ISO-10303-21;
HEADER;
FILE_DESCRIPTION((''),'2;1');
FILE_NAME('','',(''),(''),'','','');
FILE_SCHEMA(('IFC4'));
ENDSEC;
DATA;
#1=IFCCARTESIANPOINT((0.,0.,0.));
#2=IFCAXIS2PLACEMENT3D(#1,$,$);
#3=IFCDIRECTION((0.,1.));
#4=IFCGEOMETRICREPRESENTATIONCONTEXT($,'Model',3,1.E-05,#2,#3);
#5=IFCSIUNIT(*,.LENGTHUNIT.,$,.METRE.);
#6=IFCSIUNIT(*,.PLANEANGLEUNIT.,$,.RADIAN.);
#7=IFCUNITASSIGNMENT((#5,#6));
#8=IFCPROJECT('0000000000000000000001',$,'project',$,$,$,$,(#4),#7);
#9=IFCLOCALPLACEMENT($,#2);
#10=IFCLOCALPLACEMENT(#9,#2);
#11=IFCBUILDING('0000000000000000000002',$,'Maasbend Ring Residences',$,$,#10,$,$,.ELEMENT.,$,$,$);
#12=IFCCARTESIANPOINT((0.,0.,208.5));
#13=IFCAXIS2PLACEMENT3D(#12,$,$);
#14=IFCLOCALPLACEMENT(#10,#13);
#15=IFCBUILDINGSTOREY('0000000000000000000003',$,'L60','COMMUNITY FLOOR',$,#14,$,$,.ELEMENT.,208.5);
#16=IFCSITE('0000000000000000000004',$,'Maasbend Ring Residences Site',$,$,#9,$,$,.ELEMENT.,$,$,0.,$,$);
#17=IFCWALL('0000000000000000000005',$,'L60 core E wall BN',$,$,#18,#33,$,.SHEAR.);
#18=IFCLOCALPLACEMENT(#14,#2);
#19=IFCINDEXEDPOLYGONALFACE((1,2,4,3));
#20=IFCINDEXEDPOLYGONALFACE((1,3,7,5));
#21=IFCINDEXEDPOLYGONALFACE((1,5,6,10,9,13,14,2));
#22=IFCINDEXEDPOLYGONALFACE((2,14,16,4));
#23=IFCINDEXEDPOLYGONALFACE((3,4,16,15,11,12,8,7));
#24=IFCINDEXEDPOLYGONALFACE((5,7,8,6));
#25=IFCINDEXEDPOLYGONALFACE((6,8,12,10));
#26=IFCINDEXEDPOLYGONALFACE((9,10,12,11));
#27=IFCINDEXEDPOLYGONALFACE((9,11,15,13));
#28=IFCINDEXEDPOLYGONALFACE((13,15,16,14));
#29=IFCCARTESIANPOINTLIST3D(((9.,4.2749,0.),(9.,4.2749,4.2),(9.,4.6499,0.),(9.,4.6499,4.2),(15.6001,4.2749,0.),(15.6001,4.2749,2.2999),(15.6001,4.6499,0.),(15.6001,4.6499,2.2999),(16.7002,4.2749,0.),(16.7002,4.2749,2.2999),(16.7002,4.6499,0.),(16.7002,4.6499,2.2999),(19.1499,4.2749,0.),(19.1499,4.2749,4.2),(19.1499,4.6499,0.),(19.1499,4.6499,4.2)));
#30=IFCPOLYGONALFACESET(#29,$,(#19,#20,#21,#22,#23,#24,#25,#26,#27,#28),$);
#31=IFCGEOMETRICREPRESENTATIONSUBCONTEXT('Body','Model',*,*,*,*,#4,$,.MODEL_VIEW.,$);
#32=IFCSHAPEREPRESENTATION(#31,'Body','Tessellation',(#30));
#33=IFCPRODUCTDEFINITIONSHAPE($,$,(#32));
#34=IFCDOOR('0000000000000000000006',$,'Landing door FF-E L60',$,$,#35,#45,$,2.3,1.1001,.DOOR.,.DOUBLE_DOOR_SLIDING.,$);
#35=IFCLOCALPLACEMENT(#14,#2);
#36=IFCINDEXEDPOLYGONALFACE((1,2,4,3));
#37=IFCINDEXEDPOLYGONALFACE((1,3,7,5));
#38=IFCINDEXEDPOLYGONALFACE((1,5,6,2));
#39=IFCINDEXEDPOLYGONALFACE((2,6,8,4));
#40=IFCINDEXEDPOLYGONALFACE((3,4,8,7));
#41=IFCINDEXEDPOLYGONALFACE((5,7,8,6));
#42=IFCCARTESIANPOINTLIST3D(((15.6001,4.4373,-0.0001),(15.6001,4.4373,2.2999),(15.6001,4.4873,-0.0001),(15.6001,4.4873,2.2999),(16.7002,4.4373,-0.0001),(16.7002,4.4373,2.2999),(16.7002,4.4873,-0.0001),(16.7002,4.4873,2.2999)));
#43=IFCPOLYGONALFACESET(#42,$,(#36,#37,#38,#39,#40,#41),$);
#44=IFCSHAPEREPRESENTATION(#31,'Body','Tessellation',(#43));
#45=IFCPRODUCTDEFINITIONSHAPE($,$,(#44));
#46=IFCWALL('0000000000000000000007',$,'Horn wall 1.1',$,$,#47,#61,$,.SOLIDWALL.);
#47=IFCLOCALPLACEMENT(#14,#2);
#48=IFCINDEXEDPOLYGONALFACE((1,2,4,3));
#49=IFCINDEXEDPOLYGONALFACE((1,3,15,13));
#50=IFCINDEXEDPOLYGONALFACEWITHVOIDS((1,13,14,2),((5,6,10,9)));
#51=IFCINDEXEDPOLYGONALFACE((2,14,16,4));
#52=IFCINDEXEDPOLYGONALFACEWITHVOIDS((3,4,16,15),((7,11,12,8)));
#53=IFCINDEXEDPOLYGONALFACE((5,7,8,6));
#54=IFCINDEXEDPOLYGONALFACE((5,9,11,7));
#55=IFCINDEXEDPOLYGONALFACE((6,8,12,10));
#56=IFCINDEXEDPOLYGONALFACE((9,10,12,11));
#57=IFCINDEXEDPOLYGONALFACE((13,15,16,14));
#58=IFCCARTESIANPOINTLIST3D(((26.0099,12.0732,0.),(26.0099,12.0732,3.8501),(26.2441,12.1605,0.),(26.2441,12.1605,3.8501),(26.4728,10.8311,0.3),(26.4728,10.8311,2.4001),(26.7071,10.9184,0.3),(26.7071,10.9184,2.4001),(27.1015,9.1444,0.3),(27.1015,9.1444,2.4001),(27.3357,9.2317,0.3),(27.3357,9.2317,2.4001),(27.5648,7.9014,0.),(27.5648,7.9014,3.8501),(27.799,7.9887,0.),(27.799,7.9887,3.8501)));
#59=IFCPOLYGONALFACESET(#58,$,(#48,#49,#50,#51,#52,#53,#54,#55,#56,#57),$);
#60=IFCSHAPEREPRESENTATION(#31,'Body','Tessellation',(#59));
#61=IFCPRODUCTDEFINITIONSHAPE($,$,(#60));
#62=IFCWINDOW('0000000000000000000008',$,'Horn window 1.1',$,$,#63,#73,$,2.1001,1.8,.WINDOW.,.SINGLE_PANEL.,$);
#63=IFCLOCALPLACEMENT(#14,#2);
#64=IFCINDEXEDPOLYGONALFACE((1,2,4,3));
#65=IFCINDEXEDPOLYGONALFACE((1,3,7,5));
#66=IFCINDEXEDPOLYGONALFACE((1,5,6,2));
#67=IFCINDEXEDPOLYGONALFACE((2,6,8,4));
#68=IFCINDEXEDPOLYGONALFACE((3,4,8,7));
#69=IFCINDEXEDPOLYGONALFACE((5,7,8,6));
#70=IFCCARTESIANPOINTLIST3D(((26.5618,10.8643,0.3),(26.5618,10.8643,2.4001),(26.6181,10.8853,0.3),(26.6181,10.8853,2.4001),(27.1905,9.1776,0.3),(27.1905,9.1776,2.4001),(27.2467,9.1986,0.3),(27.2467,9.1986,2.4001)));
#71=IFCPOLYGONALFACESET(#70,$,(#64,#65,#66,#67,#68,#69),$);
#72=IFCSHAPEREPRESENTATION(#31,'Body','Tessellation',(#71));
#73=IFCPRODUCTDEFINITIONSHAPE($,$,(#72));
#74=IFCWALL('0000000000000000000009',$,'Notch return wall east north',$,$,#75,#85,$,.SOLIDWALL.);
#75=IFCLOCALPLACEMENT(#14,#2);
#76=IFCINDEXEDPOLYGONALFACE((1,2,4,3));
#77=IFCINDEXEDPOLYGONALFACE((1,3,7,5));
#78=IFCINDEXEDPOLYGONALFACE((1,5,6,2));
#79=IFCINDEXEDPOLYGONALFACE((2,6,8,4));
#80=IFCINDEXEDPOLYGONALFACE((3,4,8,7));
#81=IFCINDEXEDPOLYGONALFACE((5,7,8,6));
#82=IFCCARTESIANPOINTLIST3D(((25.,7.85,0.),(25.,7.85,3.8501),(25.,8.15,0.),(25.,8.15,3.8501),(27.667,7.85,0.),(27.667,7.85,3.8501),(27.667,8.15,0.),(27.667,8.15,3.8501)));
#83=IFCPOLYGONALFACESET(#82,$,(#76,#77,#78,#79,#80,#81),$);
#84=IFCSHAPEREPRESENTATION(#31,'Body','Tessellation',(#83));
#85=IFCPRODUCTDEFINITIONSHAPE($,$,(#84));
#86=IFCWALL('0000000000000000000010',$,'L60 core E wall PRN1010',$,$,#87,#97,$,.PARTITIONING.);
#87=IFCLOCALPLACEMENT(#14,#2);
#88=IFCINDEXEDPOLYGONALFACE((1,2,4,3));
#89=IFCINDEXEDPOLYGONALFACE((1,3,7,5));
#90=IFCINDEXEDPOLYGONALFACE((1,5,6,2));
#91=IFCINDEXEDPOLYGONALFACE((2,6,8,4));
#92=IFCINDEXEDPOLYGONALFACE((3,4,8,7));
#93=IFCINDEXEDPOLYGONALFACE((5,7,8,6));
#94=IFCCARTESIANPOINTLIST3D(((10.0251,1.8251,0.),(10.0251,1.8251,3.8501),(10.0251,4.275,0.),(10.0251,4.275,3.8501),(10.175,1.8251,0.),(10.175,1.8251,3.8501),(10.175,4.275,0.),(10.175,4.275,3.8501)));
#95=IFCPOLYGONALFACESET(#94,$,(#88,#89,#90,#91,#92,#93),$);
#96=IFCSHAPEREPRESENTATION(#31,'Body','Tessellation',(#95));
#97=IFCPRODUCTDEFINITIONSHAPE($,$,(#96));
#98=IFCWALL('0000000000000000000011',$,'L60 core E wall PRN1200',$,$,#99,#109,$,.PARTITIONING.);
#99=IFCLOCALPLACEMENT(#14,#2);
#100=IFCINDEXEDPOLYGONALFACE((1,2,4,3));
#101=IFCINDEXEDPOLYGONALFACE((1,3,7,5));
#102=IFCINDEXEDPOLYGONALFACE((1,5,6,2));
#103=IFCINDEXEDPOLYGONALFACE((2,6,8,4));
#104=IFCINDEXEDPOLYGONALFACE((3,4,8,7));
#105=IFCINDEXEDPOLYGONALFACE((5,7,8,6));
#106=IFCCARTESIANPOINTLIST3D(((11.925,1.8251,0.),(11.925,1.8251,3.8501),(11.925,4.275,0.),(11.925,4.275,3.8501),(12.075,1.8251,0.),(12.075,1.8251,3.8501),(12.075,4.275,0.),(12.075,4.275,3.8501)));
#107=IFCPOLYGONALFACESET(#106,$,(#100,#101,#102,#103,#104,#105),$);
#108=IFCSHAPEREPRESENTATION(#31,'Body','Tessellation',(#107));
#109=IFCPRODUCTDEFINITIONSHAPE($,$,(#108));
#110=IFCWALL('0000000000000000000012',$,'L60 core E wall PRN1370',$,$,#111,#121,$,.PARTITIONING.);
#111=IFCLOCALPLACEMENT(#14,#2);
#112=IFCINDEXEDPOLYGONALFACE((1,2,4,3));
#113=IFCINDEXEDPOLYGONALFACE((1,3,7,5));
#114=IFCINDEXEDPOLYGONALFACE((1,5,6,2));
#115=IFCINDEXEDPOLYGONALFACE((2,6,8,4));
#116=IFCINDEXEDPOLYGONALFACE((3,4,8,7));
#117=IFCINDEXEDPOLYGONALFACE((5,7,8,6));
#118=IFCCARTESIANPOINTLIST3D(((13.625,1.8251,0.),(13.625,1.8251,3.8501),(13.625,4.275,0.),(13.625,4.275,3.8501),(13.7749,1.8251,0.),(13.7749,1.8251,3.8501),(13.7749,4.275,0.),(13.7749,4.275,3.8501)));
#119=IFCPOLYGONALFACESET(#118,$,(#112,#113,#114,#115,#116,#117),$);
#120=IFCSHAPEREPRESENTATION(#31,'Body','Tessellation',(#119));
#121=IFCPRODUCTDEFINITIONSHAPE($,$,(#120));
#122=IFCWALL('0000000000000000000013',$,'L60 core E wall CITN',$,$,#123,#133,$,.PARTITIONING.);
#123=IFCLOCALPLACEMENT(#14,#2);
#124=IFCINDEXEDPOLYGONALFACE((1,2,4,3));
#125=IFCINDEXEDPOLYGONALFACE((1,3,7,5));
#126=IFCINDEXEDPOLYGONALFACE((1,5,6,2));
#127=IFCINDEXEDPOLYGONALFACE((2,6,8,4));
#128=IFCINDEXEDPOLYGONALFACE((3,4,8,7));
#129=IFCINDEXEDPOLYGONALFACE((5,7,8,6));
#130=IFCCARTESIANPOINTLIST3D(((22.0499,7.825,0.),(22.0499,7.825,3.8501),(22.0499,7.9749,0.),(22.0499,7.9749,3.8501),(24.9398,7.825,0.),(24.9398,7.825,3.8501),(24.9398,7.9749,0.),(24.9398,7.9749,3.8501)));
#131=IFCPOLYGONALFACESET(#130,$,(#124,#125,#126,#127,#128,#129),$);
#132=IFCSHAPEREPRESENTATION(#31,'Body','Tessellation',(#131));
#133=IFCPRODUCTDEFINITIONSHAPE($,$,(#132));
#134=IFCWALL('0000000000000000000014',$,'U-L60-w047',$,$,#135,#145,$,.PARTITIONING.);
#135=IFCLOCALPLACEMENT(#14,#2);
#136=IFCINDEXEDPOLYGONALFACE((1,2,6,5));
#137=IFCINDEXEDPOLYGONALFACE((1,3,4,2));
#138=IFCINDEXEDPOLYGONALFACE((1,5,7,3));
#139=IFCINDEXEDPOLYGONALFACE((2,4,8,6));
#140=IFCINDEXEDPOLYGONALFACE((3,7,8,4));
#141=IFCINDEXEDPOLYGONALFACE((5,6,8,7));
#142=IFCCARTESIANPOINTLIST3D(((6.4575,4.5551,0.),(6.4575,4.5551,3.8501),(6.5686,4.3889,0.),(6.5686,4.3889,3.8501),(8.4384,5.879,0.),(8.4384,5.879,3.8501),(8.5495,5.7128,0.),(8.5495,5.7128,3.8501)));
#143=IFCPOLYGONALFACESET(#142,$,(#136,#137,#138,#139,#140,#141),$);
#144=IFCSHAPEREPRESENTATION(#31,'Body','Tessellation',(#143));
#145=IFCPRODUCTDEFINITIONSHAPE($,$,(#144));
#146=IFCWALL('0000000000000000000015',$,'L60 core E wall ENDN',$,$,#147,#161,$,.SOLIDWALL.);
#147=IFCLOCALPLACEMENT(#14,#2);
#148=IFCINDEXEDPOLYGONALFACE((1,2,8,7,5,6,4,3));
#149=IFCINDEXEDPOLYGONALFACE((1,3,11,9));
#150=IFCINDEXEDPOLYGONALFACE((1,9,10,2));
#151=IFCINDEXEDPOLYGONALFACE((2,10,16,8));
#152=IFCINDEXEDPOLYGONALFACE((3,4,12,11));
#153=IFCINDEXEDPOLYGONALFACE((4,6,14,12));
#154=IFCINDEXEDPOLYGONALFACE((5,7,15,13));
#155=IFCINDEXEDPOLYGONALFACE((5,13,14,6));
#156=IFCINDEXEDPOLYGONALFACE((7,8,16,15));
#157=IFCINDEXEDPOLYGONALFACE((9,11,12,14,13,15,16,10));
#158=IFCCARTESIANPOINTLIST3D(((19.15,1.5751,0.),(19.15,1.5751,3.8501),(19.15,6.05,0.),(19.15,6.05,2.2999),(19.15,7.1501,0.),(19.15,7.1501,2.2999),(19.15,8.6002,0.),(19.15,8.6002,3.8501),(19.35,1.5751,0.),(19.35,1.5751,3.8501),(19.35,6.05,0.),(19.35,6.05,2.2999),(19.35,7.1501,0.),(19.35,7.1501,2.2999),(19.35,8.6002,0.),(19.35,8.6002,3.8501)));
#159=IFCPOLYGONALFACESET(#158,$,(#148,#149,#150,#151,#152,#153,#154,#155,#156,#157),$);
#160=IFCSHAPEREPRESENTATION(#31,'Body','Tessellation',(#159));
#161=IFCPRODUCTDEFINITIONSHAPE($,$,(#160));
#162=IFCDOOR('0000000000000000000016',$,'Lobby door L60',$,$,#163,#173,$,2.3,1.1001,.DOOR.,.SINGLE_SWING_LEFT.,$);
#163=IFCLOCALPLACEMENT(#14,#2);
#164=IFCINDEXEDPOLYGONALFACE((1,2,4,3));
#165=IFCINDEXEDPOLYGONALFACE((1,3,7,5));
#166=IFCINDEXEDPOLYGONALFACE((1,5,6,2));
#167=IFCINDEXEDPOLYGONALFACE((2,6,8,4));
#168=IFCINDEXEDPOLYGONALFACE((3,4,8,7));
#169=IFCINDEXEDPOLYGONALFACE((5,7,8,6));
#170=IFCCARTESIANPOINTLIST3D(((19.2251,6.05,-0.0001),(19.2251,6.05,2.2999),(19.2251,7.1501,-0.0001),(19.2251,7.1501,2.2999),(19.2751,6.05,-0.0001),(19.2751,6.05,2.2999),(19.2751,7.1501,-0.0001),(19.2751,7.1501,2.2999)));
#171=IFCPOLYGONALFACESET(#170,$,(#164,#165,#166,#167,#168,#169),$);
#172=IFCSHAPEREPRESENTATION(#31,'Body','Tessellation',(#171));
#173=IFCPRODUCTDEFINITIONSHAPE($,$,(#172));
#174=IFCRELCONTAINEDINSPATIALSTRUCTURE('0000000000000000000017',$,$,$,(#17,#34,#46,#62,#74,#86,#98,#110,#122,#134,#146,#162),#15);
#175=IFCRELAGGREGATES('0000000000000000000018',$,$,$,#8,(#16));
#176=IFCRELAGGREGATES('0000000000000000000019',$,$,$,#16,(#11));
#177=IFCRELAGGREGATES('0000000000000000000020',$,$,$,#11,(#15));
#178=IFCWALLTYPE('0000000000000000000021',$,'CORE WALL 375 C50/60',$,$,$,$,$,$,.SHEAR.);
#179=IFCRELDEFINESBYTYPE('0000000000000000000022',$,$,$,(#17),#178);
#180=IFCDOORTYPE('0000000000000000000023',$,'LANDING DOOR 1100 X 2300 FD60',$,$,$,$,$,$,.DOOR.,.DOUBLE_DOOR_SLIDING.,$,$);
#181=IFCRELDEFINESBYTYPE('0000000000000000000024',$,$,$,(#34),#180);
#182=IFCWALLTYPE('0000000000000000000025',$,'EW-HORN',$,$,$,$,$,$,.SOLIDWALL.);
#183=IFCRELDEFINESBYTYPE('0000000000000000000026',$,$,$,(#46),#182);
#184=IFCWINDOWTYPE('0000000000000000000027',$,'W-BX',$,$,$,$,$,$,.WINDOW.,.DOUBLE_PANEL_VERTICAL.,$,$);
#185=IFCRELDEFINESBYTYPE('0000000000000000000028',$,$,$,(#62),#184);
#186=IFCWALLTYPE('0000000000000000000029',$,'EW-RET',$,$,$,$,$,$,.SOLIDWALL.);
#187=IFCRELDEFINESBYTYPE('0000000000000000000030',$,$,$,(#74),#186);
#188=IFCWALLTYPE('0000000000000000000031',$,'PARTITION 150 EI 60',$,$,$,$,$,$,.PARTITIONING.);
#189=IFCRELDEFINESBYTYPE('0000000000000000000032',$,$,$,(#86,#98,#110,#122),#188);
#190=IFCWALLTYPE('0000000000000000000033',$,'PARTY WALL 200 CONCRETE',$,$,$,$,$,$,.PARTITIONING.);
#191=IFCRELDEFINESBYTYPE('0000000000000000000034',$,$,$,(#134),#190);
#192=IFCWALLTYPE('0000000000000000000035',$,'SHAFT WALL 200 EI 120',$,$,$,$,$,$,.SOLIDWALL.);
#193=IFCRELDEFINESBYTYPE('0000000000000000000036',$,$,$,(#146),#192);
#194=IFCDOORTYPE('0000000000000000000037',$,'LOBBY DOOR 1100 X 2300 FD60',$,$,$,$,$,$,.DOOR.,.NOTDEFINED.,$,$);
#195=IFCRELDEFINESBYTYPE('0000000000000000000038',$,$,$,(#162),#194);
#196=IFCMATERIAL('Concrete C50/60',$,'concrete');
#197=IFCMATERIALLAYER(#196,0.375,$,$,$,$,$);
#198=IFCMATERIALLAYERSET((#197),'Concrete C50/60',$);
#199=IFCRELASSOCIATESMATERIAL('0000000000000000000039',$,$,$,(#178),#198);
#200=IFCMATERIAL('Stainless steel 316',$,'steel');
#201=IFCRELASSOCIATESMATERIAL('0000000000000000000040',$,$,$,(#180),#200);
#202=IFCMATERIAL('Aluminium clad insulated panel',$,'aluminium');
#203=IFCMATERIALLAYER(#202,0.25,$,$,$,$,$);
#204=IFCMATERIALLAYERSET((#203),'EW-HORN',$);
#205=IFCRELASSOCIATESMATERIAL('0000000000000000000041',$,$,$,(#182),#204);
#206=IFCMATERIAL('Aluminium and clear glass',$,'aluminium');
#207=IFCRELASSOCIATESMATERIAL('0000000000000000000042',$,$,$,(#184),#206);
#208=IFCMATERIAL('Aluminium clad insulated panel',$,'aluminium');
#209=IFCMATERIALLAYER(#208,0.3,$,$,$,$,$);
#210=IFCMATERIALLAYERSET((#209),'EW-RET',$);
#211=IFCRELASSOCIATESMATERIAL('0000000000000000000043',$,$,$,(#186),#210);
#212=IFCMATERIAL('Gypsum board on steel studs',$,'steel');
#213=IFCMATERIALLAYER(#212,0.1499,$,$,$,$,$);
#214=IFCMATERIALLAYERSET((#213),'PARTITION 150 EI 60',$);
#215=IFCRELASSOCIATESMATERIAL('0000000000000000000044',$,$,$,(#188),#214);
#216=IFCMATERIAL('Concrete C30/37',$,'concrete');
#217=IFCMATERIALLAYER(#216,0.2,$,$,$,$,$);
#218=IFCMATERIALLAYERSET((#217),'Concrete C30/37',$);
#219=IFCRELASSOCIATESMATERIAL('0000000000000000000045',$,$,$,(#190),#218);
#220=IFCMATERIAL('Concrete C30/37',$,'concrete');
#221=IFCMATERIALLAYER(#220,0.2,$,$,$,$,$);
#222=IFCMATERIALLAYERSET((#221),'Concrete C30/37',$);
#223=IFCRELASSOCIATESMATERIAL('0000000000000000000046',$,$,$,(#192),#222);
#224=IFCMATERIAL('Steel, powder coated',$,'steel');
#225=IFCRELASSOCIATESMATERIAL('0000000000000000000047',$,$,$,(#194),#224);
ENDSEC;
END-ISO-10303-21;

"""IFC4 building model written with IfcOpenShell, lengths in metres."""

from ifc_helpers import new_model, si_unit, direction, frame, frame_2d, origin, place, context, subcontext, project, spatial, rectangle, extrude, material, layer, layer_set, type_object, element, fill, save


model = new_model("IFC4")

# Units and contexts
model_context = context("Model", 3, precision=1e-05, world=origin(), true_north=direction((0.0, 1.0)))
body_context = subcontext(model_context, "Body", "Model", "MODEL_VIEW")
ifc_project = project(units=[si_unit("LENGTHUNIT", "METRE"), si_unit("PLANEANGLEUNIT", "RADIAN")], contexts=[model_context])

# Site, building, storey
site_placement = place(None, origin())
site = spatial("IfcSite", under=ifc_project, at=site_placement, Name="Maasbend Ring Residences Site", CompositionType="ELEMENT", RefElevation=0.0)
building_placement = place(site_placement, origin())
building = spatial("IfcBuilding", under=site, at=building_placement, Name="Maasbend Ring Residences", CompositionType="ELEMENT")
storey_placement = place(building_placement, frame((0.0, 0.0, 208.5)))
storey = spatial("IfcBuildingStorey", under=building, at=storey_placement, Name="L60", Description="COMMUNITY FLOOR", CompositionType="ELEMENT", Elevation=208.5)

# Wall, opening, door
ifc_material_1 = material(Name="Concrete C50/60", Category="concrete")
ifc_layer_1 = layer(ifc_material_1, 0.375)
ifc_layer_set_1 = layer_set([ifc_layer_1], Name="Concrete C50/60")
wall_type_1 = type_object("IfcWallType", Name="CORE WALL 375 C50/60", PredefinedType="SHEAR", material=ifc_layer_set_1)
wall_1_placement = place(storey_placement, frame((9.0, 4.4624, 0.0), z_axis=(0.0, 0.0, 1.0), x_axis=(1.0, 0.0, 0.0)))
wall_1 = element("IfcWall", 1, at=wall_1_placement, inside=storey, type_object=wall_type_1, Name="L60 core E wall BN", PredefinedType="SHEAR", context=body_context, shape_type="SweptSolid", body=[
    extrude(rectangle(XDim=10.1499, YDim=0.375, at=frame_2d((5.075, 0.0))), origin(), (0.0, 0.0, 1.0), 4.2),
])
opening_1_placement = place(wall_1_placement, frame((6.6001, 0.0, 0.0)))
opening_1 = element("IfcOpeningElement", 2, at=opening_1_placement, cuts=wall_1, PredefinedType="OPENING", context=body_context, shape_type="SweptSolid", body=[
    extrude(rectangle(XDim=1.1001, YDim=2.3, at=frame_2d((0.55, 1.1499))), frame((0.0, 0.1975, 0.0), z_axis=(0.0, -1.0, 0.0), x_axis=(1.0, 0.0, 0.0)), (0.0, 0.0, 1.0), 0.395),
])
ifc_material_2 = material(Name="Stainless steel 316", Category="steel")
door_type_1 = type_object("IfcDoorType", Name="LANDING DOOR 1100 X 2300 FD60", OperationType="DOUBLE_DOOR_SLIDING", PredefinedType="DOOR", material=ifc_material_2)
door_1_placement = place(opening_1_placement, origin())
door_1 = element("IfcDoor", 3, at=door_1_placement, inside=storey, type_object=door_type_1, Name="Landing door FF-E L60", OperationType="DOUBLE_DOOR_SLIDING", OverallHeight=2.3, OverallWidth=1.1001, PredefinedType="DOOR", context=body_context, shape_type="SweptSolid", body=[
    extrude(rectangle(XDim=1.1001, YDim=2.3, at=frame_2d((0.55, 1.1499))), frame((0.0, 0.0249, 0.0), z_axis=(0.0, -1.0, 0.0), x_axis=(1.0, 0.0, 0.0)), (0.0, 0.0, 1.0), 0.05),
])
fill(opening_1, door_1)

# Wall, opening, window
ifc_material_3 = material(Name="Aluminium clad insulated panel", Category="aluminium")
ifc_layer_2 = layer(ifc_material_3, 0.25)
ifc_layer_set_2 = layer_set([ifc_layer_2], Name="EW-HORN")
wall_type_2 = type_object("IfcWallType", Name="EW-HORN", PredefinedType="SOLIDWALL", material=ifc_layer_set_2)
wall_2_placement = place(storey_placement, frame((27.6819, 7.9451, 0.0), z_axis=(0.0, 0.0, 1.0), x_axis=(-0.349248, 0.93703, 0.0)))
wall_2 = element("IfcWall", 4, at=wall_2_placement, inside=storey, type_object=wall_type_2, Name="Horn wall 1.1", PredefinedType="SOLIDWALL", context=body_context, shape_type="SweptSolid", body=[
    extrude(rectangle(XDim=4.4521, YDim=0.25, at=frame_2d((2.2261, 0.0))), origin(), (0.0, 0.0, 1.0), 3.8501),
])
opening_2_placement = place(wall_2_placement, frame((1.3267, 0.0, 0.3)))
opening_2 = element("IfcOpeningElement", 5, at=opening_2_placement, cuts=wall_2, PredefinedType="OPENING", context=body_context, shape_type="SweptSolid", body=[
    extrude(rectangle(XDim=1.8, YDim=2.1001, at=frame_2d((0.8999, 1.05))), frame((0.0, 0.135, 0.0), z_axis=(0.0, -1.0, 0.0), x_axis=(1.0, 0.0, 0.0)), (0.0, 0.0, 1.0), 0.27),
])
ifc_material_4 = material(Name="Aluminium and clear glass", Category="aluminium")
window_type = type_object("IfcWindowType", Name="W-BX", PartitioningType="DOUBLE_PANEL_VERTICAL", PredefinedType="WINDOW", material=ifc_material_4)
window_placement = place(opening_2_placement, origin())
window = element("IfcWindow", 6, at=window_placement, inside=storey, type_object=window_type, Name="Horn window 1.1", OverallHeight=2.1001, OverallWidth=1.8, PartitioningType="SINGLE_PANEL", PredefinedType="WINDOW", context=body_context, shape_type="SweptSolid", body=[
    extrude(rectangle(XDim=1.8, YDim=2.1001, at=frame_2d((0.8999, 1.05))), frame((0.0, 0.03, 0.0), z_axis=(0.0, -1.0, 0.0), x_axis=(1.0, 0.0, 0.0)), (0.0, 0.0, 1.0), 0.0601),
])
fill(opening_2, window)

# Walls
ifc_material_5 = material(Name="Aluminium clad insulated panel", Category="aluminium")
ifc_layer_3 = layer(ifc_material_5, 0.3)
ifc_layer_set_3 = layer_set([ifc_layer_3], Name="EW-RET")
wall_type_3 = type_object("IfcWallType", Name="EW-RET", PredefinedType="SOLIDWALL", material=ifc_layer_set_3)
wall_3_placement = place(storey_placement, frame((25.0, 8.0, 0.0), z_axis=(0.0, 0.0, 1.0), x_axis=(1.0, 0.0, 0.0)))
element("IfcWall", 7, at=wall_3_placement, inside=storey, type_object=wall_type_3, Name="Notch return wall east north", PredefinedType="SOLIDWALL", context=body_context, shape_type="SweptSolid", body=[
    extrude(rectangle(XDim=2.667, YDim=0.3, at=frame_2d((1.3335, 0.0))), origin(), (0.0, 0.0, 1.0), 3.8501),
])
ifc_material_6 = material(Name="Gypsum board on steel studs", Category="steel")
ifc_layer_4 = layer(ifc_material_6, 0.1499)
ifc_layer_set_4 = layer_set([ifc_layer_4], Name="PARTITION 150 EI 60")
wall_type_4 = type_object("IfcWallType", Name="PARTITION 150 EI 60", PredefinedType="PARTITIONING", material=ifc_layer_set_4)
for number, where, z_axis, x_axis, name in (
    (8, (10.1001, 1.825, 0.0), (0.0, 0.0, 1.0), (0.0, 1.0, 0.0), "L60 core E wall PRN1010"),
    (9, (12.0, 1.825, 0.0), (0.0, 0.0, 1.0), (0.0, 1.0, 0.0), "L60 core E wall PRN1200"),
    (10, (13.7, 1.825, 0.0), (0.0, 0.0, 1.0), (0.0, 1.0, 0.0), "L60 core E wall PRN1370"),
):
    element("IfcWall", number, at=place(storey_placement, frame(where, z_axis=z_axis, x_axis=x_axis)), inside=storey, type_object=wall_type_4, Name=name, PredefinedType="PARTITIONING", context=body_context, shape_type="SweptSolid", body=[
        extrude(rectangle(XDim=2.45, YDim=0.1499, at=frame_2d((1.2251, 0.0))), origin(), (0.0, 0.0, 1.0), 3.8501),
    ])
wall_4_placement = place(storey_placement, frame((22.05, 7.8999, 0.0), z_axis=(0.0, 0.0, 1.0), x_axis=(1.0, 0.0, 0.0)))
element("IfcWall", 11, at=wall_4_placement, inside=storey, type_object=wall_type_4, Name="L60 core E wall CITN", PredefinedType="PARTITIONING", context=body_context, shape_type="SweptSolid", body=[
    extrude(rectangle(XDim=2.8899, YDim=0.1499, at=frame_2d((1.4448, 0.0))), origin(), (0.0, 0.0, 1.0), 3.8501),
])
ifc_material_7 = material(Name="Concrete C30/37", Category="concrete")
ifc_layer_5 = layer(ifc_material_7, 0.2)
ifc_layer_set_5 = layer_set([ifc_layer_5], Name="Concrete C30/37")
wall_type_5 = type_object("IfcWallType", Name="PARTY WALL 200 CONCRETE", PredefinedType="PARTITIONING", material=ifc_layer_set_5)
wall_5_placement = place(storey_placement, frame((6.5129, 4.4719, 0.0), z_axis=(0.0, 0.0, 1.0), x_axis=(0.831403, 0.555669, 0.0)))
element("IfcWall", 12, at=wall_5_placement, inside=storey, type_object=wall_type_5, Name="U-L60-w047", PredefinedType="PARTITIONING", context=body_context, shape_type="SweptSolid", body=[
    extrude(rectangle(XDim=2.3826, YDim=0.2, at=frame_2d((1.1914, 0.0))), origin(), (0.0, 0.0, 1.0), 3.8501),
])

# Wall, opening, door
ifc_material_8 = material(Name="Concrete C30/37", Category="concrete")
ifc_layer_6 = layer(ifc_material_8, 0.2)
ifc_layer_set_6 = layer_set([ifc_layer_6], Name="Concrete C30/37")
wall_type_6 = type_object("IfcWallType", Name="SHAFT WALL 200 EI 120", PredefinedType="SOLIDWALL", material=ifc_layer_set_6)
wall_6_placement = place(storey_placement, frame((19.25, 1.575, 0.0), z_axis=(0.0, 0.0, 1.0), x_axis=(0.0, 1.0, 0.0)))
wall_6 = element("IfcWall", 13, at=wall_6_placement, inside=storey, type_object=wall_type_6, Name="L60 core E wall ENDN", PredefinedType="SOLIDWALL", context=body_context, shape_type="SweptSolid", body=[
    extrude(rectangle(XDim=7.0251, YDim=0.2, at=frame_2d((3.5127, 0.0))), origin(), (0.0, 0.0, 1.0), 3.8501),
])
opening_3_placement = place(wall_6_placement, frame((4.4751, 0.0, 0.0)))
opening_3 = element("IfcOpeningElement", 14, at=opening_3_placement, cuts=wall_6, PredefinedType="OPENING", context=body_context, shape_type="SweptSolid", body=[
    extrude(rectangle(XDim=1.1001, YDim=2.3, at=frame_2d((0.55, 1.1499))), frame((0.0, 0.1099, 0.0), z_axis=(0.0, -1.0, 0.0), x_axis=(1.0, 0.0, 0.0)), (0.0, 0.0, 1.0), 0.22),
])
ifc_material_9 = material(Name="Steel, powder coated", Category="steel")
door_type_2 = type_object("IfcDoorType", Name="LOBBY DOOR 1100 X 2300 FD60", OperationType="NOTDEFINED", PredefinedType="DOOR", material=ifc_material_9)
door_2_placement = place(opening_3_placement, origin())
door_2 = element("IfcDoor", 15, at=door_2_placement, inside=storey, type_object=door_type_2, Name="Lobby door L60", OperationType="SINGLE_SWING_LEFT", OverallHeight=2.3, OverallWidth=1.1001, PredefinedType="DOOR", context=body_context, shape_type="SweptSolid", body=[
    extrude(rectangle(XDim=1.1001, YDim=2.3, at=frame_2d((0.55, 1.1499))), frame((0.0, 0.0249, 0.0), z_axis=(0.0, -1.0, 0.0), x_axis=(1.0, 0.0, 0.0)), (0.0, 0.0, 1.0), 0.05),
])
fill(opening_3, door_2)

save(model, "model.ifc")
